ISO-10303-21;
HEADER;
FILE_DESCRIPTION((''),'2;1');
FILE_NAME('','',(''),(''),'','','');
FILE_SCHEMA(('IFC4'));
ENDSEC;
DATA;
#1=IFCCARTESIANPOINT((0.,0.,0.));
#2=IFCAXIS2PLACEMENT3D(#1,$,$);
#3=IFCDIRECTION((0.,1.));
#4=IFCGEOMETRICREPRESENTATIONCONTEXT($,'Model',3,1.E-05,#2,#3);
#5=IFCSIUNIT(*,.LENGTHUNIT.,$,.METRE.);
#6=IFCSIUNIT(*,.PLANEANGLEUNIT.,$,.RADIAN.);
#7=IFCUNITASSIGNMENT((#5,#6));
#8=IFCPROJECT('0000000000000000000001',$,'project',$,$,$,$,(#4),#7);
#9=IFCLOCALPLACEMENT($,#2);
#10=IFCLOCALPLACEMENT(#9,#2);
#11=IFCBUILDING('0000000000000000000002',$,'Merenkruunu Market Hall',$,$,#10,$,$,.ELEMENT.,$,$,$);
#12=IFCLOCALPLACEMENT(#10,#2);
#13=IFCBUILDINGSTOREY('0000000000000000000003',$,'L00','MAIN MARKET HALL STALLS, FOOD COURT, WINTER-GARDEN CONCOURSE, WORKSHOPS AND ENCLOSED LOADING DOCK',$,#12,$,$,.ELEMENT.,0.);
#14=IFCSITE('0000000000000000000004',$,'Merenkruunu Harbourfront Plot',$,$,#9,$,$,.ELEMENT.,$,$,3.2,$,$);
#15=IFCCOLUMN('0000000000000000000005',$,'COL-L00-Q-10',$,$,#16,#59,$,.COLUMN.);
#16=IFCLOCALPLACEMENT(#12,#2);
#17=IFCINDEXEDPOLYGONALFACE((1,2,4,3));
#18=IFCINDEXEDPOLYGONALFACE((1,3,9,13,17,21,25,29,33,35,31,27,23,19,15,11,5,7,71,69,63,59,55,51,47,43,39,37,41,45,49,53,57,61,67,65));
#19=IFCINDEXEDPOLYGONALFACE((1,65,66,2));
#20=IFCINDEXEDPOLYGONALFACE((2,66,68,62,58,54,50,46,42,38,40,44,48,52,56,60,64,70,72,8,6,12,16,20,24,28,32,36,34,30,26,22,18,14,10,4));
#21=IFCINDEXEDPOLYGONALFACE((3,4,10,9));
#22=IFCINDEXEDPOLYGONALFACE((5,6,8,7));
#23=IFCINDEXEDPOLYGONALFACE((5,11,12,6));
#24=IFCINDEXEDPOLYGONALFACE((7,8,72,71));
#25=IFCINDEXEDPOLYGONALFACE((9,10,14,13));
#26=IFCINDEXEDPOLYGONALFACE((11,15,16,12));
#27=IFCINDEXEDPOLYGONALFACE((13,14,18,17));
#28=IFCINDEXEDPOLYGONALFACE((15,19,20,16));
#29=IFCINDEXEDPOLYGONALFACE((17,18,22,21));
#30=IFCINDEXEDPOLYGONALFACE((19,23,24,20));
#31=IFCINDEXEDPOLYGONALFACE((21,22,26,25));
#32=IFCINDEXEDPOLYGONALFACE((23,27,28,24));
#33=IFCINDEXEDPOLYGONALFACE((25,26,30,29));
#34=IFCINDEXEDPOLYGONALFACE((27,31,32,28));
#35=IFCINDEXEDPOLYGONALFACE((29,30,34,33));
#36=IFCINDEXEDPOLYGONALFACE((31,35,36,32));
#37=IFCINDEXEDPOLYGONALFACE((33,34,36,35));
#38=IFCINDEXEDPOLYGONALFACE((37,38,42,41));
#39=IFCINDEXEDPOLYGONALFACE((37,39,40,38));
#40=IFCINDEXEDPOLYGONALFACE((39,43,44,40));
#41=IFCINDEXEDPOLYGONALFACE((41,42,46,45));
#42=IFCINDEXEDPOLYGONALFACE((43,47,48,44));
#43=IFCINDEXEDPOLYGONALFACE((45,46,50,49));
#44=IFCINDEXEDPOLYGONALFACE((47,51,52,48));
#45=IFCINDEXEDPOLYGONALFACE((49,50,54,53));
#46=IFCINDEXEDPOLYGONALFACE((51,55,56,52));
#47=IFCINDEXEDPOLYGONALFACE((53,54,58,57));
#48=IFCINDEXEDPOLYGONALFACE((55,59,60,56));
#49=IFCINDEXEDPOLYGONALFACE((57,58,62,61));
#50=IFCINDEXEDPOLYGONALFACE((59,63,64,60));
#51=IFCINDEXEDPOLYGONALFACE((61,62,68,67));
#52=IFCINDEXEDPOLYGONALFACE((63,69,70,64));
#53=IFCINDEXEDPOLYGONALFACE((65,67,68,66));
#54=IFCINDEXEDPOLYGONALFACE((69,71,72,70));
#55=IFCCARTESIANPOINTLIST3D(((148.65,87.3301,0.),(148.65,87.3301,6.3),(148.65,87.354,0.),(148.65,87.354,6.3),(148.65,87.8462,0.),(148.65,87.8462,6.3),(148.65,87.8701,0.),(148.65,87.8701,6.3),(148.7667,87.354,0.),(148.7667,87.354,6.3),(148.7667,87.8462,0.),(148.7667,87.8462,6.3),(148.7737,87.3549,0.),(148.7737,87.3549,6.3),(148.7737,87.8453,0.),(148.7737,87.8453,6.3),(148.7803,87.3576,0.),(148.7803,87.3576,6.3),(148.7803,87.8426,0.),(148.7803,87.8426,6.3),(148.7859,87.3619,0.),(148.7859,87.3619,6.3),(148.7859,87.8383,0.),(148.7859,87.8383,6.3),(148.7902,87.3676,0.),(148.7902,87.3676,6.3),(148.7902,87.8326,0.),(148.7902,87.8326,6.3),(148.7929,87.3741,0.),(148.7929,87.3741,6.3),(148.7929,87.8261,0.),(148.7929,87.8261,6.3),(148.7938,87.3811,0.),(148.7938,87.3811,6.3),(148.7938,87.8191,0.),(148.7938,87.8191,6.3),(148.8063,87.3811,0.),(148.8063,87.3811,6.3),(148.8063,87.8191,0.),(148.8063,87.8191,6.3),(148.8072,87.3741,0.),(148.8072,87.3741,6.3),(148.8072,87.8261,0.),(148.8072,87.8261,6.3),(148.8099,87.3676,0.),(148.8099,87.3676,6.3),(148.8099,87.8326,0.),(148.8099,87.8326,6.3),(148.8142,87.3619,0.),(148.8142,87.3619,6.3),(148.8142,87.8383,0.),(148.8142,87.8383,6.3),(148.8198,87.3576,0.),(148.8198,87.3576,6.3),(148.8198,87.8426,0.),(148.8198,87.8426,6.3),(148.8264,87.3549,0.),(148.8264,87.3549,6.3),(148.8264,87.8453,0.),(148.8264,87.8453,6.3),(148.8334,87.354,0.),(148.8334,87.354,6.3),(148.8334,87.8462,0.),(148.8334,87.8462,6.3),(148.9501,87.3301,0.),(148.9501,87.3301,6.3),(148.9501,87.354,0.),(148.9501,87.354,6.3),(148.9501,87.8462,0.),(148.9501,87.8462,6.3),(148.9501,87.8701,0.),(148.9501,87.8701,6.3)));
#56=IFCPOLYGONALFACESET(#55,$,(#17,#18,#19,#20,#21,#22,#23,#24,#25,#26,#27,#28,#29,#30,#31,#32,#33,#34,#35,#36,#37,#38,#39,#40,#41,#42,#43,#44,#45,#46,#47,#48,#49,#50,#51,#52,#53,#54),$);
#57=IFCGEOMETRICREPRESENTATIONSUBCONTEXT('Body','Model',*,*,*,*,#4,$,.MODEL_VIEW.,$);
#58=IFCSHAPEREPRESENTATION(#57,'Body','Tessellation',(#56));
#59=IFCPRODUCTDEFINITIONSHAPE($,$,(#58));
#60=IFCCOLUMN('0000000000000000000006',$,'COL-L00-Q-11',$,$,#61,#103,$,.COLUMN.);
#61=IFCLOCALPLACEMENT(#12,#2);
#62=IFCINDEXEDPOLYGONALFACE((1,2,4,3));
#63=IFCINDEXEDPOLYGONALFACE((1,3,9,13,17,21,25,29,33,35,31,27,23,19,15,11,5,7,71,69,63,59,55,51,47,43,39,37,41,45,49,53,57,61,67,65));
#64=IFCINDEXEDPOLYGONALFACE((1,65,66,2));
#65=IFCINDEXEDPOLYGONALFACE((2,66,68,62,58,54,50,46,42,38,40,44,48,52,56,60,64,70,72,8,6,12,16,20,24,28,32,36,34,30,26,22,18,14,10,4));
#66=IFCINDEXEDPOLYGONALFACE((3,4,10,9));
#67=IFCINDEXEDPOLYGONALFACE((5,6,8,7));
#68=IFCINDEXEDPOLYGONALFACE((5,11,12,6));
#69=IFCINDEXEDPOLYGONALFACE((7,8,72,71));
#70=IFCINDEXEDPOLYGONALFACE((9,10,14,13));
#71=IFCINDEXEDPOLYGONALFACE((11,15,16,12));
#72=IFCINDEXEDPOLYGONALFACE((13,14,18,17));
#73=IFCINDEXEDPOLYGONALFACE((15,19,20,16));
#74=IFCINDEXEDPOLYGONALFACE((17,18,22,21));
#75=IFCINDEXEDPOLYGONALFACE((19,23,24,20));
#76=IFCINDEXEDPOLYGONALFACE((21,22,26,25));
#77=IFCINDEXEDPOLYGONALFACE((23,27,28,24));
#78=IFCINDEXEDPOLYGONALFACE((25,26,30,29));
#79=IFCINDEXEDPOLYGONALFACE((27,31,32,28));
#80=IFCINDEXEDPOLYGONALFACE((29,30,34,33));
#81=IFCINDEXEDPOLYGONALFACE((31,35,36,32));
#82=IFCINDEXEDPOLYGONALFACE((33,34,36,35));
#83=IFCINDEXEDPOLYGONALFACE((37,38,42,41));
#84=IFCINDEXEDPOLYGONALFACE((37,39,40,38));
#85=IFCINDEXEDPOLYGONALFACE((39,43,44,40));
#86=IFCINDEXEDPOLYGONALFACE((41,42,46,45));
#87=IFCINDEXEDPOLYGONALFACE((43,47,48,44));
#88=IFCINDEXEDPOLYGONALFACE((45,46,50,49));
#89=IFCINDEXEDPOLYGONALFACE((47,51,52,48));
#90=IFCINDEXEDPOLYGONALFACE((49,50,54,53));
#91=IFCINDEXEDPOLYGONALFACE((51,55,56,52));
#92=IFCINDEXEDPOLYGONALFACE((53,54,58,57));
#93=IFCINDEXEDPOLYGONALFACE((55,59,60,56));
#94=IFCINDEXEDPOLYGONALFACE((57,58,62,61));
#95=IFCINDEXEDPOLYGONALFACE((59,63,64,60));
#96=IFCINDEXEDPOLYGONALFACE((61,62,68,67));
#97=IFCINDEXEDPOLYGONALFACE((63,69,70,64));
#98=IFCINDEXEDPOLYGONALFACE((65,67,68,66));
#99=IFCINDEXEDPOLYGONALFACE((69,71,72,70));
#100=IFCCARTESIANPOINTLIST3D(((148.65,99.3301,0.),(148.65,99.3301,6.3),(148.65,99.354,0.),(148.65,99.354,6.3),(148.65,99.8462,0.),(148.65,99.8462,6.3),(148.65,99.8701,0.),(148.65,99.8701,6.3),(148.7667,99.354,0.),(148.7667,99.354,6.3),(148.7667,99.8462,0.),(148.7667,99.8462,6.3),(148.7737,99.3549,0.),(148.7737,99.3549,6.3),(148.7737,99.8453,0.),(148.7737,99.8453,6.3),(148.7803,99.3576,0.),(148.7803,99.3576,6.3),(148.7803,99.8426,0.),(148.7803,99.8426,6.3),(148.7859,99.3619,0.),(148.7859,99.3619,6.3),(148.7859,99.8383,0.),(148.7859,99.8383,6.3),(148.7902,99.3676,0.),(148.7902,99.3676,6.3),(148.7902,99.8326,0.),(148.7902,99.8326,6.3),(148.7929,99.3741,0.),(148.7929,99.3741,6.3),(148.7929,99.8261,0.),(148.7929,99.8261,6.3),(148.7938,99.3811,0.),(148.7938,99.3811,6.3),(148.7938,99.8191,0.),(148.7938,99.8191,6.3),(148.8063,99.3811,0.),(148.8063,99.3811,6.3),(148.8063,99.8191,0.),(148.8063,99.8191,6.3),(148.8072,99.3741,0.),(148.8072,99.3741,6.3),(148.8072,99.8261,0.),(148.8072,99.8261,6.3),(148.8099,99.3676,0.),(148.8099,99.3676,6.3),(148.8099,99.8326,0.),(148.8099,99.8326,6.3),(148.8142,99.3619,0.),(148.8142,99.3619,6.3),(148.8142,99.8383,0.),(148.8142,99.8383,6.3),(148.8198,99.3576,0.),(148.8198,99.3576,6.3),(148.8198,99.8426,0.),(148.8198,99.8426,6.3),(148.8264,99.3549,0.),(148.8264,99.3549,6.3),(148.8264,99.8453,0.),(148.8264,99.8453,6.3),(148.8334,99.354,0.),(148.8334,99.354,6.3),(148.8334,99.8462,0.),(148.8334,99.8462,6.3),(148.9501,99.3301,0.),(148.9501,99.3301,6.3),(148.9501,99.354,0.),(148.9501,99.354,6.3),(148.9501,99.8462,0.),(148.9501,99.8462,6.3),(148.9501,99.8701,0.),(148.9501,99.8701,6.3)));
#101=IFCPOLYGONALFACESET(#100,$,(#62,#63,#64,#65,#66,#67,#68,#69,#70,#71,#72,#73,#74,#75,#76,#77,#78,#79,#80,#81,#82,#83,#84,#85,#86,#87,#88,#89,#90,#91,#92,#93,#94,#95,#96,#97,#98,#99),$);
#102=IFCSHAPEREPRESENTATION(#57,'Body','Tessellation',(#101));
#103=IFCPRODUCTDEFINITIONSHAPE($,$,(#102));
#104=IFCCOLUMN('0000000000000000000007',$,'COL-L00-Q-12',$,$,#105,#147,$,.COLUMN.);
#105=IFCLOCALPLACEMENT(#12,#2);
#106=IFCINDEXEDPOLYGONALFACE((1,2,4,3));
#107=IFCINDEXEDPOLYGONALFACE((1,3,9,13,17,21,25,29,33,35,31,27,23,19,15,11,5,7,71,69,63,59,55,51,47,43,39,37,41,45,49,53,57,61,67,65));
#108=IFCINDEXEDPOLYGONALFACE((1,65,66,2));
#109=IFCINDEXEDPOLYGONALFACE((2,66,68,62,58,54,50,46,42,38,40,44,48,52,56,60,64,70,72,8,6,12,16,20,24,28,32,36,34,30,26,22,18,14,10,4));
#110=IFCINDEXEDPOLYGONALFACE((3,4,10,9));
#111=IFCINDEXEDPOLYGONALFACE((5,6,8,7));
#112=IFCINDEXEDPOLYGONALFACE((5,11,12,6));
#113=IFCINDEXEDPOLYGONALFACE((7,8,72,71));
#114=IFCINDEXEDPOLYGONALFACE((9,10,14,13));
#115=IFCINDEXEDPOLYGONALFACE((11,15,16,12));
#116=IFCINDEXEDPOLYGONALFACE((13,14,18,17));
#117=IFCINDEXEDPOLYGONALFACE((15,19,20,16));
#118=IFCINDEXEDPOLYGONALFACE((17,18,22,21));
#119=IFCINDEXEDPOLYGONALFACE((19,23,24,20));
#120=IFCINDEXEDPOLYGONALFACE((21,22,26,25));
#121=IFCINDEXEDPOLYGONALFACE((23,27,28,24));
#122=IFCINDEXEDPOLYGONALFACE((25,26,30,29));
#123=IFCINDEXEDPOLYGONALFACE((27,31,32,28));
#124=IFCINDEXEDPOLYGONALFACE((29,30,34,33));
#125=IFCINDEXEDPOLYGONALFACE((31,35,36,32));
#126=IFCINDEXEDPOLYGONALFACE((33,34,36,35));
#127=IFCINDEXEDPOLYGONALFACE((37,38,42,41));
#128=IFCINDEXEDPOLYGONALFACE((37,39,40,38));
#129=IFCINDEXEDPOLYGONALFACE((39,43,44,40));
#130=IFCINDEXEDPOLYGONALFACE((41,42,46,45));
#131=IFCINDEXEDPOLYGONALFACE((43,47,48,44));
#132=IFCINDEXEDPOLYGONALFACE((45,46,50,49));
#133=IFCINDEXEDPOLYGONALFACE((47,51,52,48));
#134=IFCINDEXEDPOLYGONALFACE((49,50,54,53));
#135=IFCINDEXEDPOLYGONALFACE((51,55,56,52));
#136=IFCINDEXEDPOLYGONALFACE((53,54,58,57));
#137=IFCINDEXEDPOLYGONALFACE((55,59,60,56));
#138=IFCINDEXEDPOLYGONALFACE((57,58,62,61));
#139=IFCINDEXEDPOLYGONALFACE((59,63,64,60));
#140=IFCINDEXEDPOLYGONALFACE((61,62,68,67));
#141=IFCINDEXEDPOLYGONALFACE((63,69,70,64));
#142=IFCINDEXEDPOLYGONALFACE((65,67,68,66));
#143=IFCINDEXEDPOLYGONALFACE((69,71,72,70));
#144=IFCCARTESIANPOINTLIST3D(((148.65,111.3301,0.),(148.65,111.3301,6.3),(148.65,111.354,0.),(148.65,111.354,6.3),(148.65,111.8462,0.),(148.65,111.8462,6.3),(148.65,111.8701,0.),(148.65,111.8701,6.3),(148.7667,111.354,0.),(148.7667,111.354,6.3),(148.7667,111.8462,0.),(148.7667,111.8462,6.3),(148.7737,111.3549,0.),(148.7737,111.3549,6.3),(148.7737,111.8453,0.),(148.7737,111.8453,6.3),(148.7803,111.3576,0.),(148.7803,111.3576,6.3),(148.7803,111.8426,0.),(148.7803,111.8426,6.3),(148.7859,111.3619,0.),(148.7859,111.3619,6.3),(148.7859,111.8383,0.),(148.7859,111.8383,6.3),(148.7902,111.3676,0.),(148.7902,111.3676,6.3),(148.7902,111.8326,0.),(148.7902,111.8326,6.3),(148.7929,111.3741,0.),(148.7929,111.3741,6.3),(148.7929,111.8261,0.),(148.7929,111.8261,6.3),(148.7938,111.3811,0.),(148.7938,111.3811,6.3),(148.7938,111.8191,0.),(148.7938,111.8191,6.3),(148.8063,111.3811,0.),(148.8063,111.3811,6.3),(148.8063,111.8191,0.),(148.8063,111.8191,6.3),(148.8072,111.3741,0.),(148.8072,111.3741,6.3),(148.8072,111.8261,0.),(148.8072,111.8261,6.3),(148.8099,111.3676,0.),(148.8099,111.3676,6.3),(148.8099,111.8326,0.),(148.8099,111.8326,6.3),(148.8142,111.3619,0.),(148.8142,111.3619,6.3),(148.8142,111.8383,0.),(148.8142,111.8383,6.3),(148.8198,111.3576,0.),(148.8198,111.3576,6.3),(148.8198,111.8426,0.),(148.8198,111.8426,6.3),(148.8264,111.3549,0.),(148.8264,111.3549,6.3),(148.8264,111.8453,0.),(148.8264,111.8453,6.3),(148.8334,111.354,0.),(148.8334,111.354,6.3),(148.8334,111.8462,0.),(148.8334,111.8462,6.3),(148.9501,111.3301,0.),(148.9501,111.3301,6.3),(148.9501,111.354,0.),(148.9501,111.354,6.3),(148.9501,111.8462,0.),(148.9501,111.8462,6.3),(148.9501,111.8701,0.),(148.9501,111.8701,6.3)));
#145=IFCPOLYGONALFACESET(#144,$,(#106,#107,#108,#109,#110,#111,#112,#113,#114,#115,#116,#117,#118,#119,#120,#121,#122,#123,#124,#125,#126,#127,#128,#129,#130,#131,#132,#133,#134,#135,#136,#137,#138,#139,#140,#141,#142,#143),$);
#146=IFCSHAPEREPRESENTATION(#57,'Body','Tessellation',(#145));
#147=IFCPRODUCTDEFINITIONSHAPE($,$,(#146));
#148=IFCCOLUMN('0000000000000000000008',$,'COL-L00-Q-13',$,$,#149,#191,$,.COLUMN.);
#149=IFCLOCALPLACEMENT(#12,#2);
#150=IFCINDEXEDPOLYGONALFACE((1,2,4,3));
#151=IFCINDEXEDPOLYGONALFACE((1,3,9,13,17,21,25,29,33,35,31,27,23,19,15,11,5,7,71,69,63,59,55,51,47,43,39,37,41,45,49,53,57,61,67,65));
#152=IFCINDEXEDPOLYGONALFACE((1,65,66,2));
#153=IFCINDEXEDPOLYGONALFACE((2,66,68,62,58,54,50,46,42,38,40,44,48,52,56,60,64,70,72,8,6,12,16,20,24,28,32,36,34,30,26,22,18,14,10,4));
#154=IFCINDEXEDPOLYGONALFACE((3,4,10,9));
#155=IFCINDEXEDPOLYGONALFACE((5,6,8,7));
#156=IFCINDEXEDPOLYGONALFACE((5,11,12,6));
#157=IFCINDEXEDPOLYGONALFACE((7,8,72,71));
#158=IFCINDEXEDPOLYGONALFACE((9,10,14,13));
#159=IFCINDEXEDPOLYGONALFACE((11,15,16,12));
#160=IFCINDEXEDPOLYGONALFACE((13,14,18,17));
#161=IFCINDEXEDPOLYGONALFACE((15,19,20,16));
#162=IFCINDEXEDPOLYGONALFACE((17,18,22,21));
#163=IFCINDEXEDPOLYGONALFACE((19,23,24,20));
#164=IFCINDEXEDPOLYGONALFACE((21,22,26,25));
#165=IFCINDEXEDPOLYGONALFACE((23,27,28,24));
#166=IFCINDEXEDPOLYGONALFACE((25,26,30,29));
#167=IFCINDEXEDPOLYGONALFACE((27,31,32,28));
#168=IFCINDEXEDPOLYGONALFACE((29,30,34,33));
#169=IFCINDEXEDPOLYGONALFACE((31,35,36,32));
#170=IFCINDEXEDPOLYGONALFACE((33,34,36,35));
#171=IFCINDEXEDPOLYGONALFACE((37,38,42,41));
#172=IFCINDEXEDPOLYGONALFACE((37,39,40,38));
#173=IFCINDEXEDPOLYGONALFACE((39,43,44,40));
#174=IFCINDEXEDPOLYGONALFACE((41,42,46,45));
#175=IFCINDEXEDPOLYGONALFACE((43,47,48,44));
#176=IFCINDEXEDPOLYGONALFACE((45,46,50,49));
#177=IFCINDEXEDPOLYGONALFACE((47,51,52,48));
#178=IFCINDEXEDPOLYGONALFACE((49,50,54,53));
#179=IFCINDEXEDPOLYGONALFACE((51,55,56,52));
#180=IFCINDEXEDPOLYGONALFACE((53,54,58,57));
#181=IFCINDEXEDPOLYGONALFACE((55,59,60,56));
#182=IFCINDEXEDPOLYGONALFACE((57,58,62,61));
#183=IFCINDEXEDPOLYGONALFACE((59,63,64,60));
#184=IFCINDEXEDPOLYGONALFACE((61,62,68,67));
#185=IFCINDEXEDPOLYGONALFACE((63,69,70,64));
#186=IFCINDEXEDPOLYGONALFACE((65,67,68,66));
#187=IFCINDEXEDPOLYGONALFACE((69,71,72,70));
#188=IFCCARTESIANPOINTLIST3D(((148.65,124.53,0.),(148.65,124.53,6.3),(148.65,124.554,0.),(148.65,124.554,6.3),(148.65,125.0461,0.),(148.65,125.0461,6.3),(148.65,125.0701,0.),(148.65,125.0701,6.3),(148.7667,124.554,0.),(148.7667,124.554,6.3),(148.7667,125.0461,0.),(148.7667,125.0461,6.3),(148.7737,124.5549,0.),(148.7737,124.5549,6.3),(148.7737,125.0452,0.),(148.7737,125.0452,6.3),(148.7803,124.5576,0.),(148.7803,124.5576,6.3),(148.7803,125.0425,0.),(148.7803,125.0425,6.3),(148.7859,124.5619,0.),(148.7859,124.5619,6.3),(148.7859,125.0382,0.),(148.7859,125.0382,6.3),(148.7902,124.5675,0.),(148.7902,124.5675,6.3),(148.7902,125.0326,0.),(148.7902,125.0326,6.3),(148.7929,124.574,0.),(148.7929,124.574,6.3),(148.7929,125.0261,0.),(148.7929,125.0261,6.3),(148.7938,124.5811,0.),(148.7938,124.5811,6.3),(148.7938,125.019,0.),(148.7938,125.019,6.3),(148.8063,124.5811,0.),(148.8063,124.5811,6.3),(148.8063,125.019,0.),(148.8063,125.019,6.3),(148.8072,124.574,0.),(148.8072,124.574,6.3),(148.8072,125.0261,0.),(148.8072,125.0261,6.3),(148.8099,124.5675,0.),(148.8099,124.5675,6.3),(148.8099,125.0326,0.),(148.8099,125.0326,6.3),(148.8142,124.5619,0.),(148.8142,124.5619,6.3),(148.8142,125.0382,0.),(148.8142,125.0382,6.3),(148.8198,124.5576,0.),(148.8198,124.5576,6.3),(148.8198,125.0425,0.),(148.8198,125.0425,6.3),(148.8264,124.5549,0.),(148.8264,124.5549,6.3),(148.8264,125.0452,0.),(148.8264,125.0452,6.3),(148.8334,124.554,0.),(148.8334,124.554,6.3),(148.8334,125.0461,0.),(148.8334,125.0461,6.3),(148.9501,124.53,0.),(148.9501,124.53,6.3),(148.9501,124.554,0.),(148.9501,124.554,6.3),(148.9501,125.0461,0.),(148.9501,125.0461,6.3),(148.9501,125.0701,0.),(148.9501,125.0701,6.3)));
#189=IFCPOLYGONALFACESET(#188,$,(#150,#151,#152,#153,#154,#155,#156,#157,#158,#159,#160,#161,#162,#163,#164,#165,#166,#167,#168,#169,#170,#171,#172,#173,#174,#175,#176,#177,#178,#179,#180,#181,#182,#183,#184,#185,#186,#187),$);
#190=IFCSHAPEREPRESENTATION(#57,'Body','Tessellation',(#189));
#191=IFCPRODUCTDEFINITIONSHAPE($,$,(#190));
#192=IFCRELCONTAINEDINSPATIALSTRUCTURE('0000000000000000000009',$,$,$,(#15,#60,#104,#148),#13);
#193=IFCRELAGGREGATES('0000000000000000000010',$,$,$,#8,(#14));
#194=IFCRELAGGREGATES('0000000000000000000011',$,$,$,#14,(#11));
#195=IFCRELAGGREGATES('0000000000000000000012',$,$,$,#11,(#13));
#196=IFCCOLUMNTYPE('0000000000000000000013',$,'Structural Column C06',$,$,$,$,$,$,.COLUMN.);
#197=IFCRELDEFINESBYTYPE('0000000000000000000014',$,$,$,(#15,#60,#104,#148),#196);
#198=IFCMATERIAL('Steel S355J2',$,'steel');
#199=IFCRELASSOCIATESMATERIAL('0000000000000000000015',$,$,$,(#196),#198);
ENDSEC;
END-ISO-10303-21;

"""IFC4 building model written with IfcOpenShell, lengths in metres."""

from ifc_helpers import new_model, si_unit, direction, frame, origin, origin_2d, place, context, subcontext, project, spatial, i_section, extrude, material, material_profile, profile_set, type_object, element, save


model = new_model("IFC4")

# Units and contexts
model_context = context("Model", 3, precision=1e-05, world=origin(), true_north=direction((0.0, 1.0)))
body_context = subcontext(model_context, "Body", "Model", "MODEL_VIEW")
ifc_project = project(units=[si_unit("LENGTHUNIT", "METRE"), si_unit("PLANEANGLEUNIT", "RADIAN")], contexts=[model_context])

# Site, building, storey
site_placement = place(None, origin())
site = spatial("IfcSite", under=ifc_project, at=site_placement, Name="Merenkruunu Harbourfront Plot", CompositionType="ELEMENT", RefElevation=3.2)
building_placement = place(site_placement, origin())
building = spatial("IfcBuilding", under=site, at=building_placement, Name="Merenkruunu Market Hall", CompositionType="ELEMENT")
storey_placement = place(building_placement, origin())
storey = spatial("IfcBuildingStorey", under=building, at=storey_placement, Name="L00", Description="MAIN MARKET HALL STALLS, FOOD COURT, WINTER-GARDEN CONCOURSE, WORKSHOPS AND ENCLOSED LOADING DOCK", CompositionType="ELEMENT", Elevation=0.0)

# Columns
ifc_material_1 = material(Name="Steel S355J2", Category="steel")
ifc_material_profile_1 = material_profile(ifc_material_1, i_section(OverallWidth=0.3, OverallDepth=0.54, WebThickness=0.0125, FlangeThickness=0.0239, FilletRadius=0.0271, at=origin_2d()), Name="HEA 550")
ifc_profile_set_1 = profile_set([ifc_material_profile_1], Name="Steel S355J2")
column_type = type_object("IfcColumnType", Name="Structural Column C06", PredefinedType="COLUMN", material=ifc_profile_set_1)
for number, where, z_axis, x_axis, name in (
    (1, (148.8, 87.6001, 0.0), (0.0, 0.0, 1.0), (1.0, 0.0, 0.0), "COL-L00-Q-10"),
    (2, (148.8, 99.6001, 0.0), (0.0, 0.0, 1.0), (1.0, 0.0, 0.0), "COL-L00-Q-11"),
    (3, (148.8, 111.6001, 0.0), (0.0, 0.0, 1.0), (1.0, 0.0, 0.0), "COL-L00-Q-12"),
    (4, (148.8, 124.8, 0.0), (0.0, 0.0, 1.0), (1.0, 0.0, 0.0), "COL-L00-Q-13"),
):
    element("IfcColumn", number, at=place(storey_placement, frame(where, z_axis=z_axis, x_axis=x_axis)), inside=storey, type_object=column_type, Name=name, PredefinedType="COLUMN", context=body_context, shape_type="SweptSolid", body=[
        extrude(i_section(OverallWidth=0.3, OverallDepth=0.54, WebThickness=0.0125, FlangeThickness=0.0239, FilletRadius=0.0271, at=origin_2d()), origin(), (0.0, 0.0, 1.0), 6.3),
    ])

save(model, "model.ifc")
